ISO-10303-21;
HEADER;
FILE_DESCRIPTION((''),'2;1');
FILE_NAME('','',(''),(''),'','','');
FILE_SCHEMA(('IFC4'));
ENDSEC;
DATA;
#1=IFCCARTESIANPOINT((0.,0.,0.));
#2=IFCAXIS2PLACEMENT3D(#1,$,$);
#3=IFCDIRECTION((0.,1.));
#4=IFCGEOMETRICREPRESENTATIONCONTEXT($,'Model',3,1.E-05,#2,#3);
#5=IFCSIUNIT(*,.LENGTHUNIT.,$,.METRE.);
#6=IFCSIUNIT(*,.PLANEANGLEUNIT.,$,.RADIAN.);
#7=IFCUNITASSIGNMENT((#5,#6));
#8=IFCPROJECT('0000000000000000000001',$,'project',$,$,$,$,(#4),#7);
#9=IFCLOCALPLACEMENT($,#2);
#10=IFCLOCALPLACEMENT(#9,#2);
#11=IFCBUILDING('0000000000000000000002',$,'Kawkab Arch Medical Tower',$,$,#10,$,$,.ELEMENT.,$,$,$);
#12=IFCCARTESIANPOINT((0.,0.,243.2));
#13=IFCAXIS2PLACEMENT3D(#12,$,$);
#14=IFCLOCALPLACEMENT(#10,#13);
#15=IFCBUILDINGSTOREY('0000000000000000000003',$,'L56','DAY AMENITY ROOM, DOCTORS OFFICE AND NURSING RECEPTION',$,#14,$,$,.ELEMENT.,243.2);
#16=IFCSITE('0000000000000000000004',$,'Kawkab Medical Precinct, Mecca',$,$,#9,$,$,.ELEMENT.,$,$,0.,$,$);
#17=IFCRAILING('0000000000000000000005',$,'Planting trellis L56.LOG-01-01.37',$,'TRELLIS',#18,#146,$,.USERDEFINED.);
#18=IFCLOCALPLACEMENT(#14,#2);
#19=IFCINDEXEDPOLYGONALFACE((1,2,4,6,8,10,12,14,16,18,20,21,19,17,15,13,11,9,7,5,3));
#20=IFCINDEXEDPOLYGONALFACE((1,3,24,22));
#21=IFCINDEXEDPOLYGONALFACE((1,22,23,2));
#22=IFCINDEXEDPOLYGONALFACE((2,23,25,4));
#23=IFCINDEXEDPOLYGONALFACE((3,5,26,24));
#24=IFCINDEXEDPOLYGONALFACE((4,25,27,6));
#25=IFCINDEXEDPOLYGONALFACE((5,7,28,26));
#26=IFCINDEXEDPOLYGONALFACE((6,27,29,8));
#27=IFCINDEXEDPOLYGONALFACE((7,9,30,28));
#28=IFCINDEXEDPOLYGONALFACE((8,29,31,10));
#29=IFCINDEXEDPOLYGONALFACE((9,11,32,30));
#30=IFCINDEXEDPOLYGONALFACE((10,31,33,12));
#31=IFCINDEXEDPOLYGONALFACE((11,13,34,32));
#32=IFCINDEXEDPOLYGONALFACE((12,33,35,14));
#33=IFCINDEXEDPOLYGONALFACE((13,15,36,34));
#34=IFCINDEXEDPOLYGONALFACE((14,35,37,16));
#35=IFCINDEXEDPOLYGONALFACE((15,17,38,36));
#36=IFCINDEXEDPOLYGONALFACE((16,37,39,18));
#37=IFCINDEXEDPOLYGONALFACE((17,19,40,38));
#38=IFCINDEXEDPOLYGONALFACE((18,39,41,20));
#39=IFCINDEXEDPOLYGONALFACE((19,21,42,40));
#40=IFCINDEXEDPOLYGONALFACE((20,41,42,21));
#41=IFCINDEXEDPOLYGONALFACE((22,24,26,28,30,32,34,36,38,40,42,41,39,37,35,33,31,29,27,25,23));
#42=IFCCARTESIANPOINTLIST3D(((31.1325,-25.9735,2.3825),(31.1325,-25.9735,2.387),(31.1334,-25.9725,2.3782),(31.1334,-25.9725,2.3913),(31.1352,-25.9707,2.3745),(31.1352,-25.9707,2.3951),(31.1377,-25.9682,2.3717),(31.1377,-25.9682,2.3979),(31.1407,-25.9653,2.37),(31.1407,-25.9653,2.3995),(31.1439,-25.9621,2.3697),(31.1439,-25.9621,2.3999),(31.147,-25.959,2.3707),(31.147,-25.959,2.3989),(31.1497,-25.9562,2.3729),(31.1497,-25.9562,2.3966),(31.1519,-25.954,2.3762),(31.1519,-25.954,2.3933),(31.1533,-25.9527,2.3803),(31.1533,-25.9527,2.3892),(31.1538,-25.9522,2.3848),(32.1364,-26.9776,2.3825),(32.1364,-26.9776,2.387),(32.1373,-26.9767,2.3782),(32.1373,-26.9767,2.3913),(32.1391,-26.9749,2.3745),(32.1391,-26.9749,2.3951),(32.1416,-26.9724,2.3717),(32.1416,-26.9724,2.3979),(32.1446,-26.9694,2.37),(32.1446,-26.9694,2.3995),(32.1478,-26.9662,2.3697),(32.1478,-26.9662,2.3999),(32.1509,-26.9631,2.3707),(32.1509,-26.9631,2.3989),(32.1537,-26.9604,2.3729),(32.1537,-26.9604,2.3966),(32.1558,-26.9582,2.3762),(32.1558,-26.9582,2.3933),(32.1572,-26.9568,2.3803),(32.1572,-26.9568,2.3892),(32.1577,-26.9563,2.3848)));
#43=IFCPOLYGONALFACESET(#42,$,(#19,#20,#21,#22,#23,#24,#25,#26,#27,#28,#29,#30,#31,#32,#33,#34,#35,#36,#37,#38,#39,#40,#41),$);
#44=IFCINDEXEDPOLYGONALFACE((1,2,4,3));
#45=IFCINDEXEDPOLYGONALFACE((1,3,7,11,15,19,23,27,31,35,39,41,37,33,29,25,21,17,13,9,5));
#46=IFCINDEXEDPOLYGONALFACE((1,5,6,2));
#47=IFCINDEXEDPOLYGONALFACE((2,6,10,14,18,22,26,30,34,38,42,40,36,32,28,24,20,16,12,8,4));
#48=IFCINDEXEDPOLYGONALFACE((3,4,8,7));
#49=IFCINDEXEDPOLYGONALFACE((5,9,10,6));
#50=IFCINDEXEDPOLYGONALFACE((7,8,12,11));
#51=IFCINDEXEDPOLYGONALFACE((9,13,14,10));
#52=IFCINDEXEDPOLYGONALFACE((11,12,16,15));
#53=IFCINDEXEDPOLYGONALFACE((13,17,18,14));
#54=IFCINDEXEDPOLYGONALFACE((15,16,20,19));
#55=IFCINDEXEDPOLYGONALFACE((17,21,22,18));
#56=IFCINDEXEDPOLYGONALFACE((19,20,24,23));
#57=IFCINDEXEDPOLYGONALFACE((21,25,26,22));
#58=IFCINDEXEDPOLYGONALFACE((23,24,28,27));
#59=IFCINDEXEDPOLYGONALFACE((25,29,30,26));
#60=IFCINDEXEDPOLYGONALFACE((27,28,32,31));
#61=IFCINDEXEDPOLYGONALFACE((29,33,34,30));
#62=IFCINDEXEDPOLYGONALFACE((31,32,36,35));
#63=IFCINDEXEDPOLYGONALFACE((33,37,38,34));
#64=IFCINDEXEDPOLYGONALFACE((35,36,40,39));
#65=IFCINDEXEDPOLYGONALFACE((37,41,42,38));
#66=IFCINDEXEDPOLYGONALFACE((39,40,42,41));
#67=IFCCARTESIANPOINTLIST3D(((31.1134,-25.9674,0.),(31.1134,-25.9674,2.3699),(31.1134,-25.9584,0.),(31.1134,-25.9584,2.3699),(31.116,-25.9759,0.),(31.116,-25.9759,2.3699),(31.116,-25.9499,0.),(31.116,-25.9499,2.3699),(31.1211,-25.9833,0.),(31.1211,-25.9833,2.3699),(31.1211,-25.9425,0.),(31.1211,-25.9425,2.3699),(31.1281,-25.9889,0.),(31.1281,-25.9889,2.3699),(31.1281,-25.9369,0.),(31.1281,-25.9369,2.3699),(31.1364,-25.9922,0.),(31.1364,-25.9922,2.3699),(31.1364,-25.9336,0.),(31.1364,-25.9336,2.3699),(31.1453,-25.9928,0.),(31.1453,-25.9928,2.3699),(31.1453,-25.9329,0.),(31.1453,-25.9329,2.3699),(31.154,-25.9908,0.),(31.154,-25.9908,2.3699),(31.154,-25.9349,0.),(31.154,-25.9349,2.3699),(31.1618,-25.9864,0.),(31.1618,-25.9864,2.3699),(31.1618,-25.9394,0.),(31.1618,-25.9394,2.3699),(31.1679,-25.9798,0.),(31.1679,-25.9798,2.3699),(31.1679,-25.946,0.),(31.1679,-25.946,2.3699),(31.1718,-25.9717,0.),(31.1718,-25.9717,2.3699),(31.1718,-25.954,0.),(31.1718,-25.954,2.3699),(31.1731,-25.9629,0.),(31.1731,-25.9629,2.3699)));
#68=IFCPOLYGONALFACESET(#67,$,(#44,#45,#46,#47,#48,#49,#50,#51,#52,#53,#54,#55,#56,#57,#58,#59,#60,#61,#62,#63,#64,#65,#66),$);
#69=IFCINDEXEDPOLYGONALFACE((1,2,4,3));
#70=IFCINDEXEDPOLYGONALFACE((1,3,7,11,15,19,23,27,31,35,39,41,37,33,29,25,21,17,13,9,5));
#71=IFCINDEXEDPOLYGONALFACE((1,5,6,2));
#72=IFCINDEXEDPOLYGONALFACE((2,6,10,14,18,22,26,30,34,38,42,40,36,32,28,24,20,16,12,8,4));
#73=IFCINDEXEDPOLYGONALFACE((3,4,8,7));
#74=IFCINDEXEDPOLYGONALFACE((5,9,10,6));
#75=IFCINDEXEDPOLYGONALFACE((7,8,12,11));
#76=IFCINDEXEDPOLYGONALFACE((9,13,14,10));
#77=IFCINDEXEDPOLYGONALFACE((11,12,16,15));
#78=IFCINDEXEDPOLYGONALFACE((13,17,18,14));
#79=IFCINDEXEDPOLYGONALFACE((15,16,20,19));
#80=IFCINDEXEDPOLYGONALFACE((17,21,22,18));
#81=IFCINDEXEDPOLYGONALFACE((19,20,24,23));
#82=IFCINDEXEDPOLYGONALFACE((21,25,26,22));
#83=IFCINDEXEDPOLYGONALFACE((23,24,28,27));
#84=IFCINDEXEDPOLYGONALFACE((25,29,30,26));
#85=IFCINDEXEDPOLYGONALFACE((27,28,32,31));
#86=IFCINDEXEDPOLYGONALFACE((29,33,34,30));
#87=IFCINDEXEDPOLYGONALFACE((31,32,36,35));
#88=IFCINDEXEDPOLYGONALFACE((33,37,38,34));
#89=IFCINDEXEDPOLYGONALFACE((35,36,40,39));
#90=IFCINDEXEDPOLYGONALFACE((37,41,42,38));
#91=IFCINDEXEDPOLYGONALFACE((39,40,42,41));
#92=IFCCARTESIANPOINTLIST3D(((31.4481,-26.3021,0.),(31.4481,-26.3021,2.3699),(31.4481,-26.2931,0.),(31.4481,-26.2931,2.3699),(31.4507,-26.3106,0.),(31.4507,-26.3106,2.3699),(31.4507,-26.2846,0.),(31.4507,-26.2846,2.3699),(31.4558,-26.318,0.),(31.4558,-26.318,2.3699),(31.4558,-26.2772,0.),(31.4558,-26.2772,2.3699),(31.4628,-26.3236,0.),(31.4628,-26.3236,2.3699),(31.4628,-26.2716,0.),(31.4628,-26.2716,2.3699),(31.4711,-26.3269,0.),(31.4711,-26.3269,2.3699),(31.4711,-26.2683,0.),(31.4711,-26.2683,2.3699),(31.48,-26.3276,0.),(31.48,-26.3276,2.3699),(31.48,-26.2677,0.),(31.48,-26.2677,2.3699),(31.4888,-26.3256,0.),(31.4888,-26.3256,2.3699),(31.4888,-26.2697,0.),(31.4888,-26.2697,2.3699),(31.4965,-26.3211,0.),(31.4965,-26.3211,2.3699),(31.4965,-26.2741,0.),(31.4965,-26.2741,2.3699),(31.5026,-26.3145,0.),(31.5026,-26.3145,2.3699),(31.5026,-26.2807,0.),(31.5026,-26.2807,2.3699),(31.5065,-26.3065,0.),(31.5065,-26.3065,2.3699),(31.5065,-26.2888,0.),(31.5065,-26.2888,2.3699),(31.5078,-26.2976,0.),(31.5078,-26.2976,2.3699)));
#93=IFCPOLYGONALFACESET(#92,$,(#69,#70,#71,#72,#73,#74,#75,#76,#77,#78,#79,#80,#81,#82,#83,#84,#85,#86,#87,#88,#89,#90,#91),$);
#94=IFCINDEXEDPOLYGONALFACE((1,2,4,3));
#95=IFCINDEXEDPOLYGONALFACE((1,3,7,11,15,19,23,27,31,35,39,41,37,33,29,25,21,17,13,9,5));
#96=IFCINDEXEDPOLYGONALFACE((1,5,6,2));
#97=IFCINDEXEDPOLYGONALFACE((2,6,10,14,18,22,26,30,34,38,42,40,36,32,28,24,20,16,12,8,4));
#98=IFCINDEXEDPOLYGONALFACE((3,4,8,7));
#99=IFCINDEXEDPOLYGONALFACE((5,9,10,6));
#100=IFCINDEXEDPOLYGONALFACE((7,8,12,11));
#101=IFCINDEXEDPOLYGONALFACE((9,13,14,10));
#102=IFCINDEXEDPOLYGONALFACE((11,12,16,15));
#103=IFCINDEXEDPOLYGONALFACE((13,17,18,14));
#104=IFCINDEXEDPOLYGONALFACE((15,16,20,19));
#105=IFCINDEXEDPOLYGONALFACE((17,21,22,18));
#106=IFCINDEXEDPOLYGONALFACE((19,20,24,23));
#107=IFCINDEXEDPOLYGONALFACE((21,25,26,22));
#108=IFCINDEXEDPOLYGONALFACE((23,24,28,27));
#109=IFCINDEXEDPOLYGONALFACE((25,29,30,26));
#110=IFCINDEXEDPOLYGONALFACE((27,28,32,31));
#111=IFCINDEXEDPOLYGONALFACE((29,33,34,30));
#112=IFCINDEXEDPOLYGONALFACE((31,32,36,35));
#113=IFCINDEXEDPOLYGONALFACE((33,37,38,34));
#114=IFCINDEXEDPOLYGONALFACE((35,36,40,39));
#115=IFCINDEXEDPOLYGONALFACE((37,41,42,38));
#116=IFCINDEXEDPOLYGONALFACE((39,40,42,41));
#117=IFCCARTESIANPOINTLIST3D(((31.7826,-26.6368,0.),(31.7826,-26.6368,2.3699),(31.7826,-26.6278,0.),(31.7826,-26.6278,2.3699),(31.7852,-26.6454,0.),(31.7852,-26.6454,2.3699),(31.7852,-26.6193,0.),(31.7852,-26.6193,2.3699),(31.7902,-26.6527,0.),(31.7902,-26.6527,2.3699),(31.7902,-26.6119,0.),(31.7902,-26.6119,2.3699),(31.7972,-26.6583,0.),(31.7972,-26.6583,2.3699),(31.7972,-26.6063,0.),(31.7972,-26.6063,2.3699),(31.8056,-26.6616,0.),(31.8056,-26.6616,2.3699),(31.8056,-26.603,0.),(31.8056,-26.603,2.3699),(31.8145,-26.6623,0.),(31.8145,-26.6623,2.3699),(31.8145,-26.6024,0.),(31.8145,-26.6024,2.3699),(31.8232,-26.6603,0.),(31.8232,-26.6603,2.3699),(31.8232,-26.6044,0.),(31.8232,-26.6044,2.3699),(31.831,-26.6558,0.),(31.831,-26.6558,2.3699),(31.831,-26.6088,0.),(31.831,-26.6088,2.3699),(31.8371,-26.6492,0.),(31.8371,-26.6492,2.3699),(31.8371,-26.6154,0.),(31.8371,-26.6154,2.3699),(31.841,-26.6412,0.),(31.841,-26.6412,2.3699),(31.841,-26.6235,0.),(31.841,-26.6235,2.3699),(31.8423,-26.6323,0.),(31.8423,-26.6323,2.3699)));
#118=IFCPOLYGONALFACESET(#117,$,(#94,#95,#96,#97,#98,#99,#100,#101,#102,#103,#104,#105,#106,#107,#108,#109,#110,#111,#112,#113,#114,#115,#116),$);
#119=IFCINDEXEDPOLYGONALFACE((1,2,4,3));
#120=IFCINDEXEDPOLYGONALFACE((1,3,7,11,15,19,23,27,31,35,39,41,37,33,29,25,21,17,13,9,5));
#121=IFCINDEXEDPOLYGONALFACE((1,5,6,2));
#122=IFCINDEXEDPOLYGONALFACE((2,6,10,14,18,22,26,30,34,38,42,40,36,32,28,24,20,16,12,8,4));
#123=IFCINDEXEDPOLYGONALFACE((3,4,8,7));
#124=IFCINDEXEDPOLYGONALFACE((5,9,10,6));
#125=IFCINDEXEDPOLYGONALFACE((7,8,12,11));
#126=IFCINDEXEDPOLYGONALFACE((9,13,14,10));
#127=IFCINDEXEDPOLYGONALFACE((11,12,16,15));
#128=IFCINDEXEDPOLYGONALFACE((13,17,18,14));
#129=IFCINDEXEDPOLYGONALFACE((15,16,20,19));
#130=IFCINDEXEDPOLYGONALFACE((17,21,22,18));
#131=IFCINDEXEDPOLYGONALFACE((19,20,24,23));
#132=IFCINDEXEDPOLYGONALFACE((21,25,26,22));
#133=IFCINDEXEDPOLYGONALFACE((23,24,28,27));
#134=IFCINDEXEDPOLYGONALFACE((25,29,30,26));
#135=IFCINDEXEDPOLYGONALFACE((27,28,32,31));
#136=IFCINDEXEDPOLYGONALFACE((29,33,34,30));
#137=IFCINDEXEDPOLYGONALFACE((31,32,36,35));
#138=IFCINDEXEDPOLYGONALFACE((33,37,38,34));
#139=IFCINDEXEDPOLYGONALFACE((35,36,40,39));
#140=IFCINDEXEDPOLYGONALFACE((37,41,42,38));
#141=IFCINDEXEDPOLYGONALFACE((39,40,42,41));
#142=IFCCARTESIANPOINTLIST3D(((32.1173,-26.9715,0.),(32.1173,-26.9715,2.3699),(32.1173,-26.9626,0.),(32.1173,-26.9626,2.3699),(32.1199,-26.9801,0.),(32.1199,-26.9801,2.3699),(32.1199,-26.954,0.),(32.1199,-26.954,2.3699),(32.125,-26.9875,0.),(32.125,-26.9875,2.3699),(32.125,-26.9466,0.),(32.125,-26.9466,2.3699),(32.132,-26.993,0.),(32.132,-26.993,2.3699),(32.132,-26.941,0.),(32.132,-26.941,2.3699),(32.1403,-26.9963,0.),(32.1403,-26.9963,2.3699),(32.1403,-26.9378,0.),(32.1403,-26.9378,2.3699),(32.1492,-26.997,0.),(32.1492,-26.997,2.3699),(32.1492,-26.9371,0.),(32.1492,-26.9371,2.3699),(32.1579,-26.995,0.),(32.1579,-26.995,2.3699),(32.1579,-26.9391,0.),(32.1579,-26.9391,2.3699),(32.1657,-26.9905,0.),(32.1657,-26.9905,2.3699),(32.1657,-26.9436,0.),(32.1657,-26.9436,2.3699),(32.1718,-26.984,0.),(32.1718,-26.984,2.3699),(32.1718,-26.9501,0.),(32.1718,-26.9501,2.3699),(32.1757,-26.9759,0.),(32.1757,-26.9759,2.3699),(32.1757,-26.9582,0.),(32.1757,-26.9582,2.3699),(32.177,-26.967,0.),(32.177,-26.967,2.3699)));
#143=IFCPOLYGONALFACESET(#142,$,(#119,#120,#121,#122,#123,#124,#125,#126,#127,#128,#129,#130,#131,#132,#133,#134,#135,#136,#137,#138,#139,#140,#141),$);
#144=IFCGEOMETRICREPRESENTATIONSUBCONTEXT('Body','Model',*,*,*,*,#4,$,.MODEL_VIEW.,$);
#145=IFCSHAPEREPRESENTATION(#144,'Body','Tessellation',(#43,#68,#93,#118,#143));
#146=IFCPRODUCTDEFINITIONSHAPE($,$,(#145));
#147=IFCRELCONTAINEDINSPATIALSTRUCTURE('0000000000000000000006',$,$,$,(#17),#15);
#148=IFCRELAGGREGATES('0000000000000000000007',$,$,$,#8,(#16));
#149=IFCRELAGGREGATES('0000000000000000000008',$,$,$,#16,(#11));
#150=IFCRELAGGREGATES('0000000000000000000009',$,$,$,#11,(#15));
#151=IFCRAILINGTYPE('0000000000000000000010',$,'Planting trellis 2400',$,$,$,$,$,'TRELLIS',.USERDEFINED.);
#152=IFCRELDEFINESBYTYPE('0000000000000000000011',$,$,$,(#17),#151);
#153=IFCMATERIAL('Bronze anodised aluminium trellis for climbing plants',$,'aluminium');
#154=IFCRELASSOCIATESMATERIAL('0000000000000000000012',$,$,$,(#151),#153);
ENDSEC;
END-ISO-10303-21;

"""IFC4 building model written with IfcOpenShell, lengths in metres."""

from ifc_helpers import new_model, si_unit, direction, frame, origin, origin_2d, place, context, subcontext, project, spatial, circle, extrude, material, type_object, element, save


model = new_model("IFC4")

# Units and contexts
model_context = context("Model", 3, precision=1e-05, world=origin(), true_north=direction((0.0, 1.0)))
body_context = subcontext(model_context, "Body", "Model", "MODEL_VIEW")
ifc_project = project(units=[si_unit("LENGTHUNIT", "METRE"), si_unit("PLANEANGLEUNIT", "RADIAN")], contexts=[model_context])

# Site, building, storey
site_placement = place(None, origin())
site = spatial("IfcSite", under=ifc_project, at=site_placement, Name="Kawkab Medical Precinct, Mecca", CompositionType="ELEMENT", RefElevation=0.0)
building_placement = place(site_placement, origin())
building = spatial("IfcBuilding", under=site, at=building_placement, Name="Kawkab Arch Medical Tower", CompositionType="ELEMENT")
storey_placement = place(building_placement, frame((0.0, 0.0, 243.2)))
storey = spatial("IfcBuildingStorey", under=building, at=storey_placement, Name="L56", Description="DAY AMENITY ROOM, DOCTORS OFFICE AND NURSING RECEPTION", CompositionType="ELEMENT", Elevation=243.2)

# Railing
ifc_material_1 = material(Name="Bronze anodised aluminium trellis for climbing plants", Category="aluminium")
railing_type = type_object("IfcRailingType", Name="Planting trellis 2400", ElementType="TRELLIS", PredefinedType="USERDEFINED", material=ifc_material_1)
railing_placement = place(storey_placement, frame((31.1431, -25.9629, 0.0)))
element("IfcRailing", 1, at=railing_placement, inside=storey, type_object=railing_type, Name="Planting trellis L56.LOG-01-01.37", ObjectType="TRELLIS", PredefinedType="USERDEFINED", context=body_context, shape_type="SweptSolid", body=[
    extrude(circle(Radius=0.0151, at=origin_2d()), frame((0.0, 0.0, 2.3848), z_axis=(0.707021, -0.707193, 0.0), x_axis=(0.707193, 0.707021, 0.0)), (0.0, 0.0, 1.0), 1.4199),
    extrude(circle(Radius=0.03, at=origin_2d()), origin(), (0.0, 0.0, 1.0), 2.3699),
    extrude(circle(Radius=0.03, at=origin_2d()), frame((0.3347, -0.3347, 0.0)), (0.0, 0.0, 1.0), 2.3699),
    extrude(circle(Radius=0.03, at=origin_2d()), frame((0.6692, -0.6694, 0.0)), (0.0, 0.0, 1.0), 2.3699),
    extrude(circle(Radius=0.03, at=origin_2d()), frame((1.0039, -1.0042, 0.0)), (0.0, 0.0, 1.0), 2.3699),
])

save(model, "model.ifc")
